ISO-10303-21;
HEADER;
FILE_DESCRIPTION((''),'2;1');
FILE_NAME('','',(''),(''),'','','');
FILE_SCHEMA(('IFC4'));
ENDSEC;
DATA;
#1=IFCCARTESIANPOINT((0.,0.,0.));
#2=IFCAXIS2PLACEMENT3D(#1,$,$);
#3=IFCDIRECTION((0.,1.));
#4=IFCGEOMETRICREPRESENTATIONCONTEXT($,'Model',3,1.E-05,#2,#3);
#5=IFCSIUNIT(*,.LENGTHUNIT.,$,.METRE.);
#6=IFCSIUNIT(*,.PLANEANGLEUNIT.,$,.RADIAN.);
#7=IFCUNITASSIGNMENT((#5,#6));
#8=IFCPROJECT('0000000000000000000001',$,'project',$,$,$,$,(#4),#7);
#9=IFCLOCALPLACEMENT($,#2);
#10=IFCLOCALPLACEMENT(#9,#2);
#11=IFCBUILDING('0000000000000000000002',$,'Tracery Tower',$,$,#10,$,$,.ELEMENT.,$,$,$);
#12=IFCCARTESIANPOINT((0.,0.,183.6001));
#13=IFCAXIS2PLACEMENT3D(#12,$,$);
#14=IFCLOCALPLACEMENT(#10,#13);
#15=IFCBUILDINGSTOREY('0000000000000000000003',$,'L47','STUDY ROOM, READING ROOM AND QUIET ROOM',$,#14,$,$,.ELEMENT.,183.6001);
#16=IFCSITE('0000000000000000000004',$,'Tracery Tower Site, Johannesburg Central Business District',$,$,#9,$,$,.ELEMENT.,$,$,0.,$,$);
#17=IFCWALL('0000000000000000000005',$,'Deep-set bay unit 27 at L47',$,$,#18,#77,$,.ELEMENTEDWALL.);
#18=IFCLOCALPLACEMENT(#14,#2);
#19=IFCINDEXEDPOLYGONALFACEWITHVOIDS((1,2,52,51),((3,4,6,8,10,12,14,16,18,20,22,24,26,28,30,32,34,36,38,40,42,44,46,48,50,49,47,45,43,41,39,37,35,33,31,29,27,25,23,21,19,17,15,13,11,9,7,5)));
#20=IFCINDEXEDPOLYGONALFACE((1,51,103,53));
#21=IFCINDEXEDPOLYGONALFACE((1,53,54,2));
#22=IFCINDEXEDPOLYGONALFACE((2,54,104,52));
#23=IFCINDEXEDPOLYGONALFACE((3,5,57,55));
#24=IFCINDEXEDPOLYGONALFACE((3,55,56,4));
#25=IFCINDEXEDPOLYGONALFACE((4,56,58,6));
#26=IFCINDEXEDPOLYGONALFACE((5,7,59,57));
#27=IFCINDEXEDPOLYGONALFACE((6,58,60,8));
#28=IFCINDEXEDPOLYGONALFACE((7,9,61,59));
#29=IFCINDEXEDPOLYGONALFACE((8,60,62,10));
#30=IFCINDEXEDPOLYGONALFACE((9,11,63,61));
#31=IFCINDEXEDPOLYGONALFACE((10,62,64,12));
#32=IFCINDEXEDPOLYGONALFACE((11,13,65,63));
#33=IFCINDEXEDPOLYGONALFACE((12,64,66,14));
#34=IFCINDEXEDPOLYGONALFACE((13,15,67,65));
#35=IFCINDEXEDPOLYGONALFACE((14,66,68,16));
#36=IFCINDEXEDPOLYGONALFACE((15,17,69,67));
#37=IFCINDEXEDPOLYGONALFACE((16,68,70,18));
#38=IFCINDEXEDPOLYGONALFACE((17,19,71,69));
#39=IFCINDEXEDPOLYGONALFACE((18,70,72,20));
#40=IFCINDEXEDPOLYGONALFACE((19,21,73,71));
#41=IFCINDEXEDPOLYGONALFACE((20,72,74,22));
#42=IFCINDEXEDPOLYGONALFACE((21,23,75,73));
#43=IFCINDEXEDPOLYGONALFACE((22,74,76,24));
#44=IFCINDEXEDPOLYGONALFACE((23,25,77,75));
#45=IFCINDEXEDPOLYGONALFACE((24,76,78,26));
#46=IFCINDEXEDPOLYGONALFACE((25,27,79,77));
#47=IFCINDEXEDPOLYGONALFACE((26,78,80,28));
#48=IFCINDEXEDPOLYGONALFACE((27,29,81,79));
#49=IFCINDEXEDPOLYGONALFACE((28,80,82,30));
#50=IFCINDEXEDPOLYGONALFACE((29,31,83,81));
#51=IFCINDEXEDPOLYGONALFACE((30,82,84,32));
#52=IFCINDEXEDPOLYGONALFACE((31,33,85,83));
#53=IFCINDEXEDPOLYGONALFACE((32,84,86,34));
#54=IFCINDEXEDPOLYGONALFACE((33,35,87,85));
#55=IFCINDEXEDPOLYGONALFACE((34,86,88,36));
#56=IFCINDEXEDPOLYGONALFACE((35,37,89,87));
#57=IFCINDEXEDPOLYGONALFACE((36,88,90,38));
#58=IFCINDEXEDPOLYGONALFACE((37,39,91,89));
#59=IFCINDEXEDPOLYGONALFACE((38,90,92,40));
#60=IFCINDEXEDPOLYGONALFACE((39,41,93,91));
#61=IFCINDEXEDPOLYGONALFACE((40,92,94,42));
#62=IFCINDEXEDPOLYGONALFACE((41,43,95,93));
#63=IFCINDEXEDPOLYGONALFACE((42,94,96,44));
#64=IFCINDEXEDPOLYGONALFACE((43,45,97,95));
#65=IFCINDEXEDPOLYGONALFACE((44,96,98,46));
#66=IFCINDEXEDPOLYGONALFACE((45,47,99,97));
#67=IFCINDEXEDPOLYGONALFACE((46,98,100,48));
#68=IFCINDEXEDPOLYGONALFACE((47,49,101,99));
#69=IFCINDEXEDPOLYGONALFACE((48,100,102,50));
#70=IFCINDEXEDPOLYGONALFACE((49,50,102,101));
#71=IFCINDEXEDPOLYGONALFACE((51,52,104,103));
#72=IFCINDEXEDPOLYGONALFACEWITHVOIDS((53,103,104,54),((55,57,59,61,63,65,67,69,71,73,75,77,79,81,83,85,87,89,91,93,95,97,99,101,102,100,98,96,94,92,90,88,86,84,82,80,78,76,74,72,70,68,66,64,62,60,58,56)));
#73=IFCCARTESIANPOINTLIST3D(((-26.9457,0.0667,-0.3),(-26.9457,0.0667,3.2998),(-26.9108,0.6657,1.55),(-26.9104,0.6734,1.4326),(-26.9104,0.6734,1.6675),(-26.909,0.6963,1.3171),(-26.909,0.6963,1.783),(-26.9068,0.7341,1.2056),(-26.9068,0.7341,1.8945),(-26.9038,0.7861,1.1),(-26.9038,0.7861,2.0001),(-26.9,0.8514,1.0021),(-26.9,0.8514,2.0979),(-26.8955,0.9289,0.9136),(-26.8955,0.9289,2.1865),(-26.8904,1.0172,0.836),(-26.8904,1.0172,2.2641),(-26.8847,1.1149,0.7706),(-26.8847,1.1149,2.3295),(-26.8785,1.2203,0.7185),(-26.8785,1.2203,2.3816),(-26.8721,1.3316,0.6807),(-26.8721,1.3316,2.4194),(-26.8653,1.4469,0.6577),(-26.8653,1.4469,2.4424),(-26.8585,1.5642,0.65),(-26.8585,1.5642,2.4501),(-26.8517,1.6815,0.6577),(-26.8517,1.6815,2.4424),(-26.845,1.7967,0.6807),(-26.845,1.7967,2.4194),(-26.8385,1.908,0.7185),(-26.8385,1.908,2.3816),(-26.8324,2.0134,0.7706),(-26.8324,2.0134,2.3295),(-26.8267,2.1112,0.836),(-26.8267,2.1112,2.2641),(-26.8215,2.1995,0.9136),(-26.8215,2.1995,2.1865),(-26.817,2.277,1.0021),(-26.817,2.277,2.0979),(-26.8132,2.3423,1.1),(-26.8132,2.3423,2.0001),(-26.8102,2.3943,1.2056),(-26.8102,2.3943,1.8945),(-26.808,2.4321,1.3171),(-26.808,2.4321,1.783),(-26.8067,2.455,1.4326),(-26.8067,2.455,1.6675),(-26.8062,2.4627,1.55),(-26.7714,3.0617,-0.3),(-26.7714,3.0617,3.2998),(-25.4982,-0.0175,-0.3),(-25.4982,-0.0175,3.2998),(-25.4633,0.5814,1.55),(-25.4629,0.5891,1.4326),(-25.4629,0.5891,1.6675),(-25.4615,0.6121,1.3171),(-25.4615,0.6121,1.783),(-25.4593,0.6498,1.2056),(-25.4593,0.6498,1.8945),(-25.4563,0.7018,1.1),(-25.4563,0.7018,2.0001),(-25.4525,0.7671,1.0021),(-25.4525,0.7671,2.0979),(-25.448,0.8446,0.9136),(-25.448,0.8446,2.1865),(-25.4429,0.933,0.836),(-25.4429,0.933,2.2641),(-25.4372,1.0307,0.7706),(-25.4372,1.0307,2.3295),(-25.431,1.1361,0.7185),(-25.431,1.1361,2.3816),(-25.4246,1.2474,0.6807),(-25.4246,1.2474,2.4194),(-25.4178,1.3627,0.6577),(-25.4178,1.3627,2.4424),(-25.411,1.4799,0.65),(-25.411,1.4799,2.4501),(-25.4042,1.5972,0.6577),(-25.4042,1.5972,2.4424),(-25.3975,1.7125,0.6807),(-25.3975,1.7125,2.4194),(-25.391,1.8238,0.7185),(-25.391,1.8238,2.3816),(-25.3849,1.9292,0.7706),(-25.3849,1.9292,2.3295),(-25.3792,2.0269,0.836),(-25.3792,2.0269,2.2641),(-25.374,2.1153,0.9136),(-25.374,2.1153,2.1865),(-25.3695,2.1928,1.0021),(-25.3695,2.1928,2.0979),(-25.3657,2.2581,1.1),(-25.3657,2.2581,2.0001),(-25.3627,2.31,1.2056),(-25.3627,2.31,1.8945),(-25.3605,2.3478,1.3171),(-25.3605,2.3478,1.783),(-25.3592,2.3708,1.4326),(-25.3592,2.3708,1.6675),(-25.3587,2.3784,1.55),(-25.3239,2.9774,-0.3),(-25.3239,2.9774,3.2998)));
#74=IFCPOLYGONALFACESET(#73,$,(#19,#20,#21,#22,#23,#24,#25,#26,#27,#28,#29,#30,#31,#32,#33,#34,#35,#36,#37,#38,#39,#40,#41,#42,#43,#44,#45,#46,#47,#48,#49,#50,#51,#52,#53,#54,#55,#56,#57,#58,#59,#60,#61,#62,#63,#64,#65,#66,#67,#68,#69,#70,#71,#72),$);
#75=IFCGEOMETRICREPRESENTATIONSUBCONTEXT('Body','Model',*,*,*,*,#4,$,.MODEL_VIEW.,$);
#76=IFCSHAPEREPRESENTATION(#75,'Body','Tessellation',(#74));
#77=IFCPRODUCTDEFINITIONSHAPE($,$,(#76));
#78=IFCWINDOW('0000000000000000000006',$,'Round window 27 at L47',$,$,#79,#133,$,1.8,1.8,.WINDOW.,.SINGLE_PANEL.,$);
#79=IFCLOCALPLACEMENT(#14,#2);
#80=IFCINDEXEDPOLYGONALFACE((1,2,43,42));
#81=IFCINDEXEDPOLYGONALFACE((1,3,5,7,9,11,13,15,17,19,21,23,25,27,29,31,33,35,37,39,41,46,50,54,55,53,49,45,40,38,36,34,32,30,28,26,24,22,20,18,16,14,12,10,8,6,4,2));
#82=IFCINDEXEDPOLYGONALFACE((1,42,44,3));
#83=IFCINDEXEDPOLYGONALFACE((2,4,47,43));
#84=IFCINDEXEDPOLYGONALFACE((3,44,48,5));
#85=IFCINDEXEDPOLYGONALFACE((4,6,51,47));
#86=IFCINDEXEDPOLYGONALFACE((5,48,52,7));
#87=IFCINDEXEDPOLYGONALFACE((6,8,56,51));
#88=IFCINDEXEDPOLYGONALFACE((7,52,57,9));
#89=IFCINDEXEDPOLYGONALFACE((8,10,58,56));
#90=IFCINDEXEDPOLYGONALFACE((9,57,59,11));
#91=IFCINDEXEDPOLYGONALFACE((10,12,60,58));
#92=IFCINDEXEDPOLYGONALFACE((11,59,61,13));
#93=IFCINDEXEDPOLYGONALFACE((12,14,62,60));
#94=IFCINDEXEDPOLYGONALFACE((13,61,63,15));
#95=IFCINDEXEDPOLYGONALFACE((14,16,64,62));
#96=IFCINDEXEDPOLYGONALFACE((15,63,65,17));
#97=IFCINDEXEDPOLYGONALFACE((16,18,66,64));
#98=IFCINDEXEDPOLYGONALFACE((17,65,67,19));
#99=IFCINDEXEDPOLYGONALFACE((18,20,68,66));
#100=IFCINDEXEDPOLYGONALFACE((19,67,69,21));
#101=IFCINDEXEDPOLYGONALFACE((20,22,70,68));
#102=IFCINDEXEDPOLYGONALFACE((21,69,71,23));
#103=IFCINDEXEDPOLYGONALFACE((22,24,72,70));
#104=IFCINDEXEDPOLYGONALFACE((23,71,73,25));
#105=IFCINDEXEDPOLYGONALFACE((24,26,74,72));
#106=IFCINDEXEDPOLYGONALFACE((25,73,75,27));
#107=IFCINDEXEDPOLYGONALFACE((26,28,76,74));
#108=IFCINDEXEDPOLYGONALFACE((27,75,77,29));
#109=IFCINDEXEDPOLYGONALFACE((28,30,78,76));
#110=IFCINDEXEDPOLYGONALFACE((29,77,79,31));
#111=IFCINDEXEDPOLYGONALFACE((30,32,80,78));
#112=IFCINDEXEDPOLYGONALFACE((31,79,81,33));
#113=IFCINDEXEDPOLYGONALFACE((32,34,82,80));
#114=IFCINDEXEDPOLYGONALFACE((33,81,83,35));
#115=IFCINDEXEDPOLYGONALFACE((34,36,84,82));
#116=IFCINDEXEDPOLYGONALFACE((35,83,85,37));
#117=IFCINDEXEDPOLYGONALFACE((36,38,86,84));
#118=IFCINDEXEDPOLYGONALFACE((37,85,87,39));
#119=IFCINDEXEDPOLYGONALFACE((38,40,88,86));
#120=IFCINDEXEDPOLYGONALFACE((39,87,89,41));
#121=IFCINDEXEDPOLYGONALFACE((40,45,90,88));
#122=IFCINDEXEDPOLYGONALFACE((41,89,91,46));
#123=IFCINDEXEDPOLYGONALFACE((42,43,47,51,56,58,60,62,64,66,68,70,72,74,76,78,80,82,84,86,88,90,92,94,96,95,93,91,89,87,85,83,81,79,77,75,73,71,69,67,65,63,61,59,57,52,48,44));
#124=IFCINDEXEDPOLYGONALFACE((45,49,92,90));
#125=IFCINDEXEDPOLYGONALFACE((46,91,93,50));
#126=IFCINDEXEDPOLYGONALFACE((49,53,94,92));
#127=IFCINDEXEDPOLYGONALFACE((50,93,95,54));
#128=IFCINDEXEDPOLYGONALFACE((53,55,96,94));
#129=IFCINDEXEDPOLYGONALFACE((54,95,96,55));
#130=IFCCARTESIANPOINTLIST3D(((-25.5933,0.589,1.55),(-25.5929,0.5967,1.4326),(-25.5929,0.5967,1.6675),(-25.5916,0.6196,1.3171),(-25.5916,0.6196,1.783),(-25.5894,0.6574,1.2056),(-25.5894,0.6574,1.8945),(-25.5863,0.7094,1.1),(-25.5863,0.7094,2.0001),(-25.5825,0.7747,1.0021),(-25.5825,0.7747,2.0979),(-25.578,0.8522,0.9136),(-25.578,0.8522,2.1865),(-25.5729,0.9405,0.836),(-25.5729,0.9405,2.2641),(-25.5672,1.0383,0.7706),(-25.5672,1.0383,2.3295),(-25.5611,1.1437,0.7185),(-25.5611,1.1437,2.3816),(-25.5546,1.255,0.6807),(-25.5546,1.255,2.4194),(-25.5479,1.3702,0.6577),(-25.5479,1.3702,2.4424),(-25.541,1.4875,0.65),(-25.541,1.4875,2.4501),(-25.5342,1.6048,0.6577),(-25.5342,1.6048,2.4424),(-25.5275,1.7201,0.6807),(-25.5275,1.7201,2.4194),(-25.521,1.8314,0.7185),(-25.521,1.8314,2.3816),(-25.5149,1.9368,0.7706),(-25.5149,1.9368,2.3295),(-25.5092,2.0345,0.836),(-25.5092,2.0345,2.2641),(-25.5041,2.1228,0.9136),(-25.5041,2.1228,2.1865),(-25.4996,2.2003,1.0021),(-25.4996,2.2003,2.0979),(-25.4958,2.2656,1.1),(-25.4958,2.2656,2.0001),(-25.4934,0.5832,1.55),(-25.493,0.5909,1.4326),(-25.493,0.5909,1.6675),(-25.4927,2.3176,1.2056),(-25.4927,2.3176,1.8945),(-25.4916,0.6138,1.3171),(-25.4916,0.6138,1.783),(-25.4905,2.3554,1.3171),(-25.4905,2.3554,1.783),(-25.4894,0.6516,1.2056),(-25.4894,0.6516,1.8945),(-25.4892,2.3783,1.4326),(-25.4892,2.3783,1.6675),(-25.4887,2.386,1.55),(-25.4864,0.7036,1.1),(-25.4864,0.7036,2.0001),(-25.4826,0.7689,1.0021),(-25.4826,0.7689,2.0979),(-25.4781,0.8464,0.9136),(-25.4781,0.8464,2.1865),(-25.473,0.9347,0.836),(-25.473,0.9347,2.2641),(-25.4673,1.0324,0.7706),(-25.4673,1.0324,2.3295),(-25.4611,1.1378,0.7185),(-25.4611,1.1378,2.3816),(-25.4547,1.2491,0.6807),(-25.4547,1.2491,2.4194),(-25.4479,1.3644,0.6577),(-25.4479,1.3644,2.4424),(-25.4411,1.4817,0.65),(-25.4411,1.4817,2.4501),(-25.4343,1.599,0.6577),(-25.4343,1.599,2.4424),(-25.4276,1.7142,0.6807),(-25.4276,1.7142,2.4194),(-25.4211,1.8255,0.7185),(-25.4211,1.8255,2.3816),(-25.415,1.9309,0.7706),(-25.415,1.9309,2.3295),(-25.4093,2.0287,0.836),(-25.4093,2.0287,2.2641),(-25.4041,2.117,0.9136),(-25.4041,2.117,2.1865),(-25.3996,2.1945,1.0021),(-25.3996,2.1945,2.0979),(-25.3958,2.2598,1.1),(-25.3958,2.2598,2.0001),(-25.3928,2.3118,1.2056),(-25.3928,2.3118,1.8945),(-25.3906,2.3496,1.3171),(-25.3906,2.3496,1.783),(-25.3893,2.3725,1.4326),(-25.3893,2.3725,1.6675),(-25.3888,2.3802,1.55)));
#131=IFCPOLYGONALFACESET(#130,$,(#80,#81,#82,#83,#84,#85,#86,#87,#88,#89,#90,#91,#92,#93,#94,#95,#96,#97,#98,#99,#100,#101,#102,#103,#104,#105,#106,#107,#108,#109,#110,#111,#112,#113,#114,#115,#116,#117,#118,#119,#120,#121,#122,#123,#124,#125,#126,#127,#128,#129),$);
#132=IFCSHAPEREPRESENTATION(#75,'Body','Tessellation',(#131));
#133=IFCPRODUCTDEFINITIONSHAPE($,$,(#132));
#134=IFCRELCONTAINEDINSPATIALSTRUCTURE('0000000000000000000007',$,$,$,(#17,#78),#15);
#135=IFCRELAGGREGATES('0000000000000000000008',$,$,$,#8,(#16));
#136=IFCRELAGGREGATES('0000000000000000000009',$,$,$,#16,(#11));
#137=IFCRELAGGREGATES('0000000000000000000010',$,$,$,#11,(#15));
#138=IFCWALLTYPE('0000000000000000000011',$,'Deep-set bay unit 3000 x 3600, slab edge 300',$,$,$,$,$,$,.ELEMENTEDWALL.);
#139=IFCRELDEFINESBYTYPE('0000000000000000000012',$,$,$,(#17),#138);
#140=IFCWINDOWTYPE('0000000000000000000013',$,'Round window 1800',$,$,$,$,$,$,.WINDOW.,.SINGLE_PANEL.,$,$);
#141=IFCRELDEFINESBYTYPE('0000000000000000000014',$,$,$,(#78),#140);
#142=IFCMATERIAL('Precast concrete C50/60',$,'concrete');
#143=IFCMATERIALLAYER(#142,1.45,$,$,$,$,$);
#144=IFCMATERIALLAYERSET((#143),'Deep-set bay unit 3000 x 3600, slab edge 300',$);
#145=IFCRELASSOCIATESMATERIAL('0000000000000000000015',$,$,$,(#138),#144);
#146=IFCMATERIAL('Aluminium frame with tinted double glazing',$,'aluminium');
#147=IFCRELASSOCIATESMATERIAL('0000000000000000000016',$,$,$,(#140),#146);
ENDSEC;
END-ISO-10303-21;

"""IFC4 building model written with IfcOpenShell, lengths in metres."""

from ifc_helpers import new_model, si_unit, direction, frame, frame_2d, origin, origin_2d, place, context, subcontext, project, spatial, rectangle, circle, extrude, material, layer, layer_set, type_object, element, fill, save


model = new_model("IFC4")

# Units and contexts
model_context = context("Model", 3, precision=1e-05, world=origin(), true_north=direction((0.0, 1.0)))
body_context = subcontext(model_context, "Body", "Model", "MODEL_VIEW")
ifc_project = project(units=[si_unit("LENGTHUNIT", "METRE"), si_unit("PLANEANGLEUNIT", "RADIAN")], contexts=[model_context])

# Site, building, storey
site_placement = place(None, origin())
site = spatial("IfcSite", under=ifc_project, at=site_placement, Name="Tracery Tower Site, Johannesburg Central Business District", CompositionType="ELEMENT", RefElevation=0.0)
building_placement = place(site_placement, origin())
building = spatial("IfcBuilding", under=site, at=building_placement, Name="Tracery Tower", CompositionType="ELEMENT")
storey_placement = place(building_placement, frame((0.0, 0.0, 183.6001)))
storey = spatial("IfcBuildingStorey", under=building, at=storey_placement, Name="L47", Description="STUDY ROOM, READING ROOM AND QUIET ROOM", CompositionType="ELEMENT", Elevation=183.6001)

# Wall, opening, window
ifc_material_1 = material(Name="Precast concrete C50/60", Category="concrete")
ifc_layer_1 = layer(ifc_material_1, 1.45)
ifc_layer_set_1 = layer_set([ifc_layer_1], Name="Deep-set bay unit 3000 x 3600, slab edge 300")
wall_type_1 = type_object("IfcWallType", Name="Deep-set bay unit 3000 x 3600, slab edge 300", PredefinedType="ELEMENTEDWALL", material=ifc_layer_set_1)
wall_1_placement = place(storey_placement, frame((-26.0476, 3.0195, -0.3), z_axis=(0.0, 0.0, 1.0), x_axis=(-0.058107, -0.99831, 0.0)))
wall_1 = element("IfcWall", 1, at=wall_1_placement, inside=storey, type_object=wall_type_1, Name="Deep-set bay unit 27 at L47", PredefinedType="ELEMENTEDWALL", context=body_context, shape_type="SweptSolid", body=[
    extrude(rectangle(XDim=3.0, YDim=1.45, at=frame_2d((1.5, 0.0))), origin(), (0.0, 0.0, 1.0), 3.5999),
])
opening_1_placement = place(wall_1_placement, frame((1.5, 0.0, 1.8501)))
opening_1 = element("IfcOpeningElement", 2, at=opening_1_placement, cuts=wall_1, PredefinedType="OPENING", context=body_context, shape_type="SweptSolid", body=[
    extrude(circle(Radius=0.9, at=origin_2d()), frame((0.0, 0.7349, 0.0), z_axis=(0.0, -1.0, 0.0), x_axis=(1.0, 0.0, 0.0)), (0.0, 0.0, 1.0), 1.47),
])
ifc_material_2 = material(Name="Aluminium frame with tinted double glazing", Category="aluminium")
window_type = type_object("IfcWindowType", Name="Round window 1800", PartitioningType="SINGLE_PANEL", PredefinedType="WINDOW", material=ifc_material_2)
window_1_placement = place(opening_1_placement, origin())
window_1 = element("IfcWindow", 3, at=window_1_placement, inside=storey, type_object=window_type, Name="Round window 27 at L47", OverallHeight=1.8, OverallWidth=1.8, PartitioningType="SINGLE_PANEL", PredefinedType="WINDOW", context=body_context, shape_type="SweptSolid", body=[
    extrude(circle(Radius=0.9, at=origin_2d()), frame((0.0, 0.6948, 0.0), z_axis=(0.0, -1.0, 0.0), x_axis=(1.0, 0.0, 0.0)), (0.0, 0.0, 1.0), 0.1001),
])
fill(opening_1, window_1)

save(model, "model.ifc")
